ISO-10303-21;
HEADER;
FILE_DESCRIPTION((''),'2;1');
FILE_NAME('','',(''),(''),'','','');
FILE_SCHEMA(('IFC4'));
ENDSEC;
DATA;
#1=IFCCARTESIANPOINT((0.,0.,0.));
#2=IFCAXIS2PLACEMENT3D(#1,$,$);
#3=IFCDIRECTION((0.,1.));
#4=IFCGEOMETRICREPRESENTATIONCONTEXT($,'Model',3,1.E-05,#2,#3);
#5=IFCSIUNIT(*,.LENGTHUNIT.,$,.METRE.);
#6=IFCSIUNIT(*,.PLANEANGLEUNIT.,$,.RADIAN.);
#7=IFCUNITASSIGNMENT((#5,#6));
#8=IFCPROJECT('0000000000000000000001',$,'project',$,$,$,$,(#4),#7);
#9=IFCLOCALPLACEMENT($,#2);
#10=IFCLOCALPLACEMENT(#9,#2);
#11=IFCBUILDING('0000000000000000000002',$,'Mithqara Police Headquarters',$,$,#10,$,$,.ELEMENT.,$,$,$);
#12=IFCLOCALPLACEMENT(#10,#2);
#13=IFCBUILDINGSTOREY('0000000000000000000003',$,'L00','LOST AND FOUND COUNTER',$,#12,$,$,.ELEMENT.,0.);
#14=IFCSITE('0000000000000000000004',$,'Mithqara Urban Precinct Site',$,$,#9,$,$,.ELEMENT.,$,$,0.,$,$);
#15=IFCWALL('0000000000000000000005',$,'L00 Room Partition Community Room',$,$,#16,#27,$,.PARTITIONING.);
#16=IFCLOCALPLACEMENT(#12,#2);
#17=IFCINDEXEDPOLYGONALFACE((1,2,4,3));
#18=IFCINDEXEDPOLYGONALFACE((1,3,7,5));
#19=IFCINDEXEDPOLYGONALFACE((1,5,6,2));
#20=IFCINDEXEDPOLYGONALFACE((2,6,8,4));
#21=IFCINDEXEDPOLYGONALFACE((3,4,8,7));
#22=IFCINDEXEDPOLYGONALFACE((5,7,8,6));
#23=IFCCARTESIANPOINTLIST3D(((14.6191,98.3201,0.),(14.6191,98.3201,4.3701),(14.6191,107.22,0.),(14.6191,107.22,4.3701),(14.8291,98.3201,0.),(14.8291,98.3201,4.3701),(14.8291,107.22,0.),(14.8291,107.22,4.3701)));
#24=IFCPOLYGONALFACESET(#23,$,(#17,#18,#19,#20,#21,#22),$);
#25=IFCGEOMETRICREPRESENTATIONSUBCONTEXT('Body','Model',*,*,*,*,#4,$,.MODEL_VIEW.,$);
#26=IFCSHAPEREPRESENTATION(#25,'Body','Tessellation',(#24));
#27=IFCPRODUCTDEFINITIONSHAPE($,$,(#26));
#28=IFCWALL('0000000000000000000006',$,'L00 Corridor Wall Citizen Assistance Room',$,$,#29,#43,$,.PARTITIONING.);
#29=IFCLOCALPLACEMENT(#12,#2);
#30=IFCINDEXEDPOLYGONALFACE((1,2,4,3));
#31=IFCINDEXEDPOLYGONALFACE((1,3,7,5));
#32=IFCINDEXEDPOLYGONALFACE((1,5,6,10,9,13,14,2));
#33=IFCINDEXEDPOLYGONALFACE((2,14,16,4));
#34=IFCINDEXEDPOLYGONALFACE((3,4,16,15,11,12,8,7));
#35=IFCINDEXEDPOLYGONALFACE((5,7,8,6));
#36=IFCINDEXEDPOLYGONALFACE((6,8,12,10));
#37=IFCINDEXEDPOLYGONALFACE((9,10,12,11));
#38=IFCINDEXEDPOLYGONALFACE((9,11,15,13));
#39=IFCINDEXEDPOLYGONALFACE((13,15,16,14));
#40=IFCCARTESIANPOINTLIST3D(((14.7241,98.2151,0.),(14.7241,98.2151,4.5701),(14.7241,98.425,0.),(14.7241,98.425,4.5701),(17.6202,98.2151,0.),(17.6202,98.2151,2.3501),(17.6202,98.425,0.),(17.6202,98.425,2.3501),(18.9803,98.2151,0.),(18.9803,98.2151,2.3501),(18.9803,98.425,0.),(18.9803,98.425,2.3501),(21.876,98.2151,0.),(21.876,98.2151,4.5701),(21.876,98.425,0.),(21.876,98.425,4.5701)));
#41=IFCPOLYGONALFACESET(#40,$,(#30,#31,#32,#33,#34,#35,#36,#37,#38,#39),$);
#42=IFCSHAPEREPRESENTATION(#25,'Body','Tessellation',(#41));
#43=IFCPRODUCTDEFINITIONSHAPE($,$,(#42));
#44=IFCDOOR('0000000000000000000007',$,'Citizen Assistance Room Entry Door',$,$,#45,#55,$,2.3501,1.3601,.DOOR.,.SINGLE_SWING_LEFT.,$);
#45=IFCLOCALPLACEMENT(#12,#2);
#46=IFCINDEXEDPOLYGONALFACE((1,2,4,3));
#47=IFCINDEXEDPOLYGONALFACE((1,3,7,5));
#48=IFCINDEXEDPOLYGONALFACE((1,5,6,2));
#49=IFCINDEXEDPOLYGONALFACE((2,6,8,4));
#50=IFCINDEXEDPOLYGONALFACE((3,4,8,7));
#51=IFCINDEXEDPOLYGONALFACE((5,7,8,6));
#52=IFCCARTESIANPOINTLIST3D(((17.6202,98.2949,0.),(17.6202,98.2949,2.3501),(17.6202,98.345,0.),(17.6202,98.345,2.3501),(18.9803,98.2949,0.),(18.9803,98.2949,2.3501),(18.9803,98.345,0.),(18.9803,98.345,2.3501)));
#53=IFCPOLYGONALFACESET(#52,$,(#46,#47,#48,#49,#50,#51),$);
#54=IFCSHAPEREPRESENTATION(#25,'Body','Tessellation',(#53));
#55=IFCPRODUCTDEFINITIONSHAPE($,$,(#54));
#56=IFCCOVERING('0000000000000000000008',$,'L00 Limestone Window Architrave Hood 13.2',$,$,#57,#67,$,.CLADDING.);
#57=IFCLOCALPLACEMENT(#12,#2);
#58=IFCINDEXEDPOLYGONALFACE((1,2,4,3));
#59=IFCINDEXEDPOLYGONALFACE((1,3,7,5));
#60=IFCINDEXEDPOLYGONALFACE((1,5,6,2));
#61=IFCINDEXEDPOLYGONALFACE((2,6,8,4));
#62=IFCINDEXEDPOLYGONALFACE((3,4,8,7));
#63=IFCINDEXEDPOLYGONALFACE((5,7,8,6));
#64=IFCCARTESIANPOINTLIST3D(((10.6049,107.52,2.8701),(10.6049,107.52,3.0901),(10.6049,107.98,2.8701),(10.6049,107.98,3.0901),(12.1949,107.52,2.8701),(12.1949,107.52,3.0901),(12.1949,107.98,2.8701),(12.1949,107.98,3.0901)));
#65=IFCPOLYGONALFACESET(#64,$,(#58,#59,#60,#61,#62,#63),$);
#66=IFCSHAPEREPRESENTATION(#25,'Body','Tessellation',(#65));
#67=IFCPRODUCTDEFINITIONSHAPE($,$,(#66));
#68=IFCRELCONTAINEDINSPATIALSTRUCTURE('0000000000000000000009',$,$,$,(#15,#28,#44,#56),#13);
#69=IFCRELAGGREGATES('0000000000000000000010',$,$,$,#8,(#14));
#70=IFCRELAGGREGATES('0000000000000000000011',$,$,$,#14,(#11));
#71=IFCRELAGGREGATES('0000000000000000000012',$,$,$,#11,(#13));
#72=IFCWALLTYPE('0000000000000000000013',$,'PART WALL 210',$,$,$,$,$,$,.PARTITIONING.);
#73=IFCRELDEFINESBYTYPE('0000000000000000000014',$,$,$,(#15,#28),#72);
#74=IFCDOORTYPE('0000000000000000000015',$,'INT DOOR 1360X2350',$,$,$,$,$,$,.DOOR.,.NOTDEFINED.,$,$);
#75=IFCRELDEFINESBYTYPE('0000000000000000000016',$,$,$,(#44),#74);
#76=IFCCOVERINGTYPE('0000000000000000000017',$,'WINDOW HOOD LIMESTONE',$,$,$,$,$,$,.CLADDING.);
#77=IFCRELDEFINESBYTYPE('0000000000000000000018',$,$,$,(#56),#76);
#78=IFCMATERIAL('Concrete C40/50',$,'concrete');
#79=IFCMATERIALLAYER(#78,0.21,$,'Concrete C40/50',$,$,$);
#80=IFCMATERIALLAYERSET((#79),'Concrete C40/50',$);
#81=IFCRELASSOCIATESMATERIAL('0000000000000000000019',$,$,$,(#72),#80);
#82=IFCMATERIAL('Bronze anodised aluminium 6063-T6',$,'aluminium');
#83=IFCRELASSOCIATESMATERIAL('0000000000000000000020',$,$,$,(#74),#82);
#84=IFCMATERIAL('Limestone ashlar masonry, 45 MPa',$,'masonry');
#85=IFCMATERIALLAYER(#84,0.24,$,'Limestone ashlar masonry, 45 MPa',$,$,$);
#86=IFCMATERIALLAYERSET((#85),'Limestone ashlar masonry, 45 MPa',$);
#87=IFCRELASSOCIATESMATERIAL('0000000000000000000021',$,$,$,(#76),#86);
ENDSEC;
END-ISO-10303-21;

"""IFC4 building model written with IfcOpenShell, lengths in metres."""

from ifc_helpers import new_model, si_unit, direction, frame, frame_2d, origin, origin_2d, place, context, subcontext, project, spatial, rectangle, extrude, material, layer, layer_set, type_object, element, fill, save


model = new_model("IFC4")

# Units and contexts
model_context = context("Model", 3, precision=1e-05, world=origin(), true_north=direction((0.0, 1.0)))
body_context = subcontext(model_context, "Body", "Model", "MODEL_VIEW")
ifc_project = project(units=[si_unit("LENGTHUNIT", "METRE"), si_unit("PLANEANGLEUNIT", "RADIAN")], contexts=[model_context])

# Site, building, storey
site_placement = place(None, origin())
site = spatial("IfcSite", under=ifc_project, at=site_placement, Name="Mithqara Urban Precinct Site", CompositionType="ELEMENT", RefElevation=0.0)
building_placement = place(site_placement, origin())
building = spatial("IfcBuilding", under=site, at=building_placement, Name="Mithqara Police Headquarters", CompositionType="ELEMENT")
storey_placement = place(building_placement, origin())
storey = spatial("IfcBuildingStorey", under=building, at=storey_placement, Name="L00", Description="LOST AND FOUND COUNTER", CompositionType="ELEMENT", Elevation=0.0)

# Shared definitions
ifc_material_1 = material(Name="Concrete C40/50", Category="concrete")

# Shared definitions
ifc_material_2 = material(Name="Bronze anodised aluminium 6063-T6", Category="aluminium")

# Wall
ifc_layer_1 = layer(ifc_material_1, 0.21, Name="Concrete C40/50")
ifc_layer_set_1 = layer_set([ifc_layer_1], Name="Concrete C40/50")
wall_type = type_object("IfcWallType", Name="PART WALL 210", PredefinedType="PARTITIONING", material=ifc_layer_set_1)
wall_1_placement = place(storey_placement, frame((14.7241, 98.3201, 0.0), z_axis=(0.0, 0.0, 1.0), x_axis=(0.0, 1.0, 0.0)))
element("IfcWall", 1, at=wall_1_placement, inside=storey, type_object=wall_type, Name="L00 Room Partition Community Room", PredefinedType="PARTITIONING", context=body_context, shape_type="SweptSolid", body=[
    extrude(rectangle(XDim=8.8999, YDim=0.21, at=frame_2d((4.45, 0.0))), origin(), (0.0, 0.0, 1.0), 4.3701),
])

# Wall, opening, door
wall_2_placement = place(storey_placement, frame((14.7241, 98.3201, 0.0), z_axis=(0.0, 0.0, 1.0), x_axis=(1.0, 0.0, 0.0)))
wall_2 = element("IfcWall", 2, at=wall_2_placement, inside=storey, type_object=wall_type, Name="L00 Corridor Wall Citizen Assistance Room", PredefinedType="PARTITIONING", context=body_context, shape_type="SweptSolid", body=[
    extrude(rectangle(XDim=7.1519, YDim=0.21, at=frame_2d((3.5759, 0.0))), origin(), (0.0, 0.0, 1.0), 4.5701),
])
opening_placement = place(wall_2_placement, frame((2.896, 0.0, 0.0)))
opening = element("IfcOpeningElement", 3, at=opening_placement, cuts=wall_2, PredefinedType="OPENING", context=body_context, shape_type="SweptSolid", body=[
    extrude(rectangle(XDim=1.3601, YDim=2.3501, at=frame_2d((0.6802, 1.175))), frame((0.0, 0.115, 0.0), z_axis=(0.0, -1.0, 0.0), x_axis=(1.0, 0.0, 0.0)), (0.0, 0.0, 1.0), 0.23),
])
door_type = type_object("IfcDoorType", Name="INT DOOR 1360X2350", OperationType="NOTDEFINED", PredefinedType="DOOR", material=ifc_material_2)
door_placement = place(opening_placement, origin())
door = element("IfcDoor", 4, at=door_placement, inside=storey, type_object=door_type, Name="Citizen Assistance Room Entry Door", OperationType="SINGLE_SWING_LEFT", OverallHeight=2.3501, OverallWidth=1.3601, PredefinedType="DOOR", context=body_context, shape_type="SweptSolid", body=[
    extrude(rectangle(XDim=1.3601, YDim=2.3501, at=frame_2d((0.6802, 1.175))), frame((0.0, 0.0249, 0.0), z_axis=(0.0, -1.0, 0.0), x_axis=(1.0, 0.0, 0.0)), (0.0, 0.0, 1.0), 0.05),
])
fill(opening, door)

# Covering
ifc_material_3 = material(Name="Limestone ashlar masonry, 45 MPa", Category="masonry")
ifc_layer_2 = layer(ifc_material_3, 0.24, Name="Limestone ashlar masonry, 45 MPa")
ifc_layer_set_2 = layer_set([ifc_layer_2], Name="Limestone ashlar masonry, 45 MPa")
covering_type = type_object("IfcCoveringType", Name="WINDOW HOOD LIMESTONE", PredefinedType="CLADDING", material=ifc_layer_set_2)
covering_placement = place(storey_placement, frame((11.3999, 107.75, 2.8701), z_axis=(0.0, 0.0, 1.0), x_axis=(1.0, 0.0, 0.0)))
element("IfcCovering", 5, at=covering_placement, inside=storey, type_object=covering_type, Name="L00 Limestone Window Architrave Hood 13.2", PredefinedType="CLADDING", context=body_context, shape_type="SweptSolid", body=[
    extrude(rectangle(XDim=1.5901, YDim=0.46, at=origin_2d()), origin(), (0.0, 0.0, 1.0), 0.22),
])

save(model, "model.ifc")
